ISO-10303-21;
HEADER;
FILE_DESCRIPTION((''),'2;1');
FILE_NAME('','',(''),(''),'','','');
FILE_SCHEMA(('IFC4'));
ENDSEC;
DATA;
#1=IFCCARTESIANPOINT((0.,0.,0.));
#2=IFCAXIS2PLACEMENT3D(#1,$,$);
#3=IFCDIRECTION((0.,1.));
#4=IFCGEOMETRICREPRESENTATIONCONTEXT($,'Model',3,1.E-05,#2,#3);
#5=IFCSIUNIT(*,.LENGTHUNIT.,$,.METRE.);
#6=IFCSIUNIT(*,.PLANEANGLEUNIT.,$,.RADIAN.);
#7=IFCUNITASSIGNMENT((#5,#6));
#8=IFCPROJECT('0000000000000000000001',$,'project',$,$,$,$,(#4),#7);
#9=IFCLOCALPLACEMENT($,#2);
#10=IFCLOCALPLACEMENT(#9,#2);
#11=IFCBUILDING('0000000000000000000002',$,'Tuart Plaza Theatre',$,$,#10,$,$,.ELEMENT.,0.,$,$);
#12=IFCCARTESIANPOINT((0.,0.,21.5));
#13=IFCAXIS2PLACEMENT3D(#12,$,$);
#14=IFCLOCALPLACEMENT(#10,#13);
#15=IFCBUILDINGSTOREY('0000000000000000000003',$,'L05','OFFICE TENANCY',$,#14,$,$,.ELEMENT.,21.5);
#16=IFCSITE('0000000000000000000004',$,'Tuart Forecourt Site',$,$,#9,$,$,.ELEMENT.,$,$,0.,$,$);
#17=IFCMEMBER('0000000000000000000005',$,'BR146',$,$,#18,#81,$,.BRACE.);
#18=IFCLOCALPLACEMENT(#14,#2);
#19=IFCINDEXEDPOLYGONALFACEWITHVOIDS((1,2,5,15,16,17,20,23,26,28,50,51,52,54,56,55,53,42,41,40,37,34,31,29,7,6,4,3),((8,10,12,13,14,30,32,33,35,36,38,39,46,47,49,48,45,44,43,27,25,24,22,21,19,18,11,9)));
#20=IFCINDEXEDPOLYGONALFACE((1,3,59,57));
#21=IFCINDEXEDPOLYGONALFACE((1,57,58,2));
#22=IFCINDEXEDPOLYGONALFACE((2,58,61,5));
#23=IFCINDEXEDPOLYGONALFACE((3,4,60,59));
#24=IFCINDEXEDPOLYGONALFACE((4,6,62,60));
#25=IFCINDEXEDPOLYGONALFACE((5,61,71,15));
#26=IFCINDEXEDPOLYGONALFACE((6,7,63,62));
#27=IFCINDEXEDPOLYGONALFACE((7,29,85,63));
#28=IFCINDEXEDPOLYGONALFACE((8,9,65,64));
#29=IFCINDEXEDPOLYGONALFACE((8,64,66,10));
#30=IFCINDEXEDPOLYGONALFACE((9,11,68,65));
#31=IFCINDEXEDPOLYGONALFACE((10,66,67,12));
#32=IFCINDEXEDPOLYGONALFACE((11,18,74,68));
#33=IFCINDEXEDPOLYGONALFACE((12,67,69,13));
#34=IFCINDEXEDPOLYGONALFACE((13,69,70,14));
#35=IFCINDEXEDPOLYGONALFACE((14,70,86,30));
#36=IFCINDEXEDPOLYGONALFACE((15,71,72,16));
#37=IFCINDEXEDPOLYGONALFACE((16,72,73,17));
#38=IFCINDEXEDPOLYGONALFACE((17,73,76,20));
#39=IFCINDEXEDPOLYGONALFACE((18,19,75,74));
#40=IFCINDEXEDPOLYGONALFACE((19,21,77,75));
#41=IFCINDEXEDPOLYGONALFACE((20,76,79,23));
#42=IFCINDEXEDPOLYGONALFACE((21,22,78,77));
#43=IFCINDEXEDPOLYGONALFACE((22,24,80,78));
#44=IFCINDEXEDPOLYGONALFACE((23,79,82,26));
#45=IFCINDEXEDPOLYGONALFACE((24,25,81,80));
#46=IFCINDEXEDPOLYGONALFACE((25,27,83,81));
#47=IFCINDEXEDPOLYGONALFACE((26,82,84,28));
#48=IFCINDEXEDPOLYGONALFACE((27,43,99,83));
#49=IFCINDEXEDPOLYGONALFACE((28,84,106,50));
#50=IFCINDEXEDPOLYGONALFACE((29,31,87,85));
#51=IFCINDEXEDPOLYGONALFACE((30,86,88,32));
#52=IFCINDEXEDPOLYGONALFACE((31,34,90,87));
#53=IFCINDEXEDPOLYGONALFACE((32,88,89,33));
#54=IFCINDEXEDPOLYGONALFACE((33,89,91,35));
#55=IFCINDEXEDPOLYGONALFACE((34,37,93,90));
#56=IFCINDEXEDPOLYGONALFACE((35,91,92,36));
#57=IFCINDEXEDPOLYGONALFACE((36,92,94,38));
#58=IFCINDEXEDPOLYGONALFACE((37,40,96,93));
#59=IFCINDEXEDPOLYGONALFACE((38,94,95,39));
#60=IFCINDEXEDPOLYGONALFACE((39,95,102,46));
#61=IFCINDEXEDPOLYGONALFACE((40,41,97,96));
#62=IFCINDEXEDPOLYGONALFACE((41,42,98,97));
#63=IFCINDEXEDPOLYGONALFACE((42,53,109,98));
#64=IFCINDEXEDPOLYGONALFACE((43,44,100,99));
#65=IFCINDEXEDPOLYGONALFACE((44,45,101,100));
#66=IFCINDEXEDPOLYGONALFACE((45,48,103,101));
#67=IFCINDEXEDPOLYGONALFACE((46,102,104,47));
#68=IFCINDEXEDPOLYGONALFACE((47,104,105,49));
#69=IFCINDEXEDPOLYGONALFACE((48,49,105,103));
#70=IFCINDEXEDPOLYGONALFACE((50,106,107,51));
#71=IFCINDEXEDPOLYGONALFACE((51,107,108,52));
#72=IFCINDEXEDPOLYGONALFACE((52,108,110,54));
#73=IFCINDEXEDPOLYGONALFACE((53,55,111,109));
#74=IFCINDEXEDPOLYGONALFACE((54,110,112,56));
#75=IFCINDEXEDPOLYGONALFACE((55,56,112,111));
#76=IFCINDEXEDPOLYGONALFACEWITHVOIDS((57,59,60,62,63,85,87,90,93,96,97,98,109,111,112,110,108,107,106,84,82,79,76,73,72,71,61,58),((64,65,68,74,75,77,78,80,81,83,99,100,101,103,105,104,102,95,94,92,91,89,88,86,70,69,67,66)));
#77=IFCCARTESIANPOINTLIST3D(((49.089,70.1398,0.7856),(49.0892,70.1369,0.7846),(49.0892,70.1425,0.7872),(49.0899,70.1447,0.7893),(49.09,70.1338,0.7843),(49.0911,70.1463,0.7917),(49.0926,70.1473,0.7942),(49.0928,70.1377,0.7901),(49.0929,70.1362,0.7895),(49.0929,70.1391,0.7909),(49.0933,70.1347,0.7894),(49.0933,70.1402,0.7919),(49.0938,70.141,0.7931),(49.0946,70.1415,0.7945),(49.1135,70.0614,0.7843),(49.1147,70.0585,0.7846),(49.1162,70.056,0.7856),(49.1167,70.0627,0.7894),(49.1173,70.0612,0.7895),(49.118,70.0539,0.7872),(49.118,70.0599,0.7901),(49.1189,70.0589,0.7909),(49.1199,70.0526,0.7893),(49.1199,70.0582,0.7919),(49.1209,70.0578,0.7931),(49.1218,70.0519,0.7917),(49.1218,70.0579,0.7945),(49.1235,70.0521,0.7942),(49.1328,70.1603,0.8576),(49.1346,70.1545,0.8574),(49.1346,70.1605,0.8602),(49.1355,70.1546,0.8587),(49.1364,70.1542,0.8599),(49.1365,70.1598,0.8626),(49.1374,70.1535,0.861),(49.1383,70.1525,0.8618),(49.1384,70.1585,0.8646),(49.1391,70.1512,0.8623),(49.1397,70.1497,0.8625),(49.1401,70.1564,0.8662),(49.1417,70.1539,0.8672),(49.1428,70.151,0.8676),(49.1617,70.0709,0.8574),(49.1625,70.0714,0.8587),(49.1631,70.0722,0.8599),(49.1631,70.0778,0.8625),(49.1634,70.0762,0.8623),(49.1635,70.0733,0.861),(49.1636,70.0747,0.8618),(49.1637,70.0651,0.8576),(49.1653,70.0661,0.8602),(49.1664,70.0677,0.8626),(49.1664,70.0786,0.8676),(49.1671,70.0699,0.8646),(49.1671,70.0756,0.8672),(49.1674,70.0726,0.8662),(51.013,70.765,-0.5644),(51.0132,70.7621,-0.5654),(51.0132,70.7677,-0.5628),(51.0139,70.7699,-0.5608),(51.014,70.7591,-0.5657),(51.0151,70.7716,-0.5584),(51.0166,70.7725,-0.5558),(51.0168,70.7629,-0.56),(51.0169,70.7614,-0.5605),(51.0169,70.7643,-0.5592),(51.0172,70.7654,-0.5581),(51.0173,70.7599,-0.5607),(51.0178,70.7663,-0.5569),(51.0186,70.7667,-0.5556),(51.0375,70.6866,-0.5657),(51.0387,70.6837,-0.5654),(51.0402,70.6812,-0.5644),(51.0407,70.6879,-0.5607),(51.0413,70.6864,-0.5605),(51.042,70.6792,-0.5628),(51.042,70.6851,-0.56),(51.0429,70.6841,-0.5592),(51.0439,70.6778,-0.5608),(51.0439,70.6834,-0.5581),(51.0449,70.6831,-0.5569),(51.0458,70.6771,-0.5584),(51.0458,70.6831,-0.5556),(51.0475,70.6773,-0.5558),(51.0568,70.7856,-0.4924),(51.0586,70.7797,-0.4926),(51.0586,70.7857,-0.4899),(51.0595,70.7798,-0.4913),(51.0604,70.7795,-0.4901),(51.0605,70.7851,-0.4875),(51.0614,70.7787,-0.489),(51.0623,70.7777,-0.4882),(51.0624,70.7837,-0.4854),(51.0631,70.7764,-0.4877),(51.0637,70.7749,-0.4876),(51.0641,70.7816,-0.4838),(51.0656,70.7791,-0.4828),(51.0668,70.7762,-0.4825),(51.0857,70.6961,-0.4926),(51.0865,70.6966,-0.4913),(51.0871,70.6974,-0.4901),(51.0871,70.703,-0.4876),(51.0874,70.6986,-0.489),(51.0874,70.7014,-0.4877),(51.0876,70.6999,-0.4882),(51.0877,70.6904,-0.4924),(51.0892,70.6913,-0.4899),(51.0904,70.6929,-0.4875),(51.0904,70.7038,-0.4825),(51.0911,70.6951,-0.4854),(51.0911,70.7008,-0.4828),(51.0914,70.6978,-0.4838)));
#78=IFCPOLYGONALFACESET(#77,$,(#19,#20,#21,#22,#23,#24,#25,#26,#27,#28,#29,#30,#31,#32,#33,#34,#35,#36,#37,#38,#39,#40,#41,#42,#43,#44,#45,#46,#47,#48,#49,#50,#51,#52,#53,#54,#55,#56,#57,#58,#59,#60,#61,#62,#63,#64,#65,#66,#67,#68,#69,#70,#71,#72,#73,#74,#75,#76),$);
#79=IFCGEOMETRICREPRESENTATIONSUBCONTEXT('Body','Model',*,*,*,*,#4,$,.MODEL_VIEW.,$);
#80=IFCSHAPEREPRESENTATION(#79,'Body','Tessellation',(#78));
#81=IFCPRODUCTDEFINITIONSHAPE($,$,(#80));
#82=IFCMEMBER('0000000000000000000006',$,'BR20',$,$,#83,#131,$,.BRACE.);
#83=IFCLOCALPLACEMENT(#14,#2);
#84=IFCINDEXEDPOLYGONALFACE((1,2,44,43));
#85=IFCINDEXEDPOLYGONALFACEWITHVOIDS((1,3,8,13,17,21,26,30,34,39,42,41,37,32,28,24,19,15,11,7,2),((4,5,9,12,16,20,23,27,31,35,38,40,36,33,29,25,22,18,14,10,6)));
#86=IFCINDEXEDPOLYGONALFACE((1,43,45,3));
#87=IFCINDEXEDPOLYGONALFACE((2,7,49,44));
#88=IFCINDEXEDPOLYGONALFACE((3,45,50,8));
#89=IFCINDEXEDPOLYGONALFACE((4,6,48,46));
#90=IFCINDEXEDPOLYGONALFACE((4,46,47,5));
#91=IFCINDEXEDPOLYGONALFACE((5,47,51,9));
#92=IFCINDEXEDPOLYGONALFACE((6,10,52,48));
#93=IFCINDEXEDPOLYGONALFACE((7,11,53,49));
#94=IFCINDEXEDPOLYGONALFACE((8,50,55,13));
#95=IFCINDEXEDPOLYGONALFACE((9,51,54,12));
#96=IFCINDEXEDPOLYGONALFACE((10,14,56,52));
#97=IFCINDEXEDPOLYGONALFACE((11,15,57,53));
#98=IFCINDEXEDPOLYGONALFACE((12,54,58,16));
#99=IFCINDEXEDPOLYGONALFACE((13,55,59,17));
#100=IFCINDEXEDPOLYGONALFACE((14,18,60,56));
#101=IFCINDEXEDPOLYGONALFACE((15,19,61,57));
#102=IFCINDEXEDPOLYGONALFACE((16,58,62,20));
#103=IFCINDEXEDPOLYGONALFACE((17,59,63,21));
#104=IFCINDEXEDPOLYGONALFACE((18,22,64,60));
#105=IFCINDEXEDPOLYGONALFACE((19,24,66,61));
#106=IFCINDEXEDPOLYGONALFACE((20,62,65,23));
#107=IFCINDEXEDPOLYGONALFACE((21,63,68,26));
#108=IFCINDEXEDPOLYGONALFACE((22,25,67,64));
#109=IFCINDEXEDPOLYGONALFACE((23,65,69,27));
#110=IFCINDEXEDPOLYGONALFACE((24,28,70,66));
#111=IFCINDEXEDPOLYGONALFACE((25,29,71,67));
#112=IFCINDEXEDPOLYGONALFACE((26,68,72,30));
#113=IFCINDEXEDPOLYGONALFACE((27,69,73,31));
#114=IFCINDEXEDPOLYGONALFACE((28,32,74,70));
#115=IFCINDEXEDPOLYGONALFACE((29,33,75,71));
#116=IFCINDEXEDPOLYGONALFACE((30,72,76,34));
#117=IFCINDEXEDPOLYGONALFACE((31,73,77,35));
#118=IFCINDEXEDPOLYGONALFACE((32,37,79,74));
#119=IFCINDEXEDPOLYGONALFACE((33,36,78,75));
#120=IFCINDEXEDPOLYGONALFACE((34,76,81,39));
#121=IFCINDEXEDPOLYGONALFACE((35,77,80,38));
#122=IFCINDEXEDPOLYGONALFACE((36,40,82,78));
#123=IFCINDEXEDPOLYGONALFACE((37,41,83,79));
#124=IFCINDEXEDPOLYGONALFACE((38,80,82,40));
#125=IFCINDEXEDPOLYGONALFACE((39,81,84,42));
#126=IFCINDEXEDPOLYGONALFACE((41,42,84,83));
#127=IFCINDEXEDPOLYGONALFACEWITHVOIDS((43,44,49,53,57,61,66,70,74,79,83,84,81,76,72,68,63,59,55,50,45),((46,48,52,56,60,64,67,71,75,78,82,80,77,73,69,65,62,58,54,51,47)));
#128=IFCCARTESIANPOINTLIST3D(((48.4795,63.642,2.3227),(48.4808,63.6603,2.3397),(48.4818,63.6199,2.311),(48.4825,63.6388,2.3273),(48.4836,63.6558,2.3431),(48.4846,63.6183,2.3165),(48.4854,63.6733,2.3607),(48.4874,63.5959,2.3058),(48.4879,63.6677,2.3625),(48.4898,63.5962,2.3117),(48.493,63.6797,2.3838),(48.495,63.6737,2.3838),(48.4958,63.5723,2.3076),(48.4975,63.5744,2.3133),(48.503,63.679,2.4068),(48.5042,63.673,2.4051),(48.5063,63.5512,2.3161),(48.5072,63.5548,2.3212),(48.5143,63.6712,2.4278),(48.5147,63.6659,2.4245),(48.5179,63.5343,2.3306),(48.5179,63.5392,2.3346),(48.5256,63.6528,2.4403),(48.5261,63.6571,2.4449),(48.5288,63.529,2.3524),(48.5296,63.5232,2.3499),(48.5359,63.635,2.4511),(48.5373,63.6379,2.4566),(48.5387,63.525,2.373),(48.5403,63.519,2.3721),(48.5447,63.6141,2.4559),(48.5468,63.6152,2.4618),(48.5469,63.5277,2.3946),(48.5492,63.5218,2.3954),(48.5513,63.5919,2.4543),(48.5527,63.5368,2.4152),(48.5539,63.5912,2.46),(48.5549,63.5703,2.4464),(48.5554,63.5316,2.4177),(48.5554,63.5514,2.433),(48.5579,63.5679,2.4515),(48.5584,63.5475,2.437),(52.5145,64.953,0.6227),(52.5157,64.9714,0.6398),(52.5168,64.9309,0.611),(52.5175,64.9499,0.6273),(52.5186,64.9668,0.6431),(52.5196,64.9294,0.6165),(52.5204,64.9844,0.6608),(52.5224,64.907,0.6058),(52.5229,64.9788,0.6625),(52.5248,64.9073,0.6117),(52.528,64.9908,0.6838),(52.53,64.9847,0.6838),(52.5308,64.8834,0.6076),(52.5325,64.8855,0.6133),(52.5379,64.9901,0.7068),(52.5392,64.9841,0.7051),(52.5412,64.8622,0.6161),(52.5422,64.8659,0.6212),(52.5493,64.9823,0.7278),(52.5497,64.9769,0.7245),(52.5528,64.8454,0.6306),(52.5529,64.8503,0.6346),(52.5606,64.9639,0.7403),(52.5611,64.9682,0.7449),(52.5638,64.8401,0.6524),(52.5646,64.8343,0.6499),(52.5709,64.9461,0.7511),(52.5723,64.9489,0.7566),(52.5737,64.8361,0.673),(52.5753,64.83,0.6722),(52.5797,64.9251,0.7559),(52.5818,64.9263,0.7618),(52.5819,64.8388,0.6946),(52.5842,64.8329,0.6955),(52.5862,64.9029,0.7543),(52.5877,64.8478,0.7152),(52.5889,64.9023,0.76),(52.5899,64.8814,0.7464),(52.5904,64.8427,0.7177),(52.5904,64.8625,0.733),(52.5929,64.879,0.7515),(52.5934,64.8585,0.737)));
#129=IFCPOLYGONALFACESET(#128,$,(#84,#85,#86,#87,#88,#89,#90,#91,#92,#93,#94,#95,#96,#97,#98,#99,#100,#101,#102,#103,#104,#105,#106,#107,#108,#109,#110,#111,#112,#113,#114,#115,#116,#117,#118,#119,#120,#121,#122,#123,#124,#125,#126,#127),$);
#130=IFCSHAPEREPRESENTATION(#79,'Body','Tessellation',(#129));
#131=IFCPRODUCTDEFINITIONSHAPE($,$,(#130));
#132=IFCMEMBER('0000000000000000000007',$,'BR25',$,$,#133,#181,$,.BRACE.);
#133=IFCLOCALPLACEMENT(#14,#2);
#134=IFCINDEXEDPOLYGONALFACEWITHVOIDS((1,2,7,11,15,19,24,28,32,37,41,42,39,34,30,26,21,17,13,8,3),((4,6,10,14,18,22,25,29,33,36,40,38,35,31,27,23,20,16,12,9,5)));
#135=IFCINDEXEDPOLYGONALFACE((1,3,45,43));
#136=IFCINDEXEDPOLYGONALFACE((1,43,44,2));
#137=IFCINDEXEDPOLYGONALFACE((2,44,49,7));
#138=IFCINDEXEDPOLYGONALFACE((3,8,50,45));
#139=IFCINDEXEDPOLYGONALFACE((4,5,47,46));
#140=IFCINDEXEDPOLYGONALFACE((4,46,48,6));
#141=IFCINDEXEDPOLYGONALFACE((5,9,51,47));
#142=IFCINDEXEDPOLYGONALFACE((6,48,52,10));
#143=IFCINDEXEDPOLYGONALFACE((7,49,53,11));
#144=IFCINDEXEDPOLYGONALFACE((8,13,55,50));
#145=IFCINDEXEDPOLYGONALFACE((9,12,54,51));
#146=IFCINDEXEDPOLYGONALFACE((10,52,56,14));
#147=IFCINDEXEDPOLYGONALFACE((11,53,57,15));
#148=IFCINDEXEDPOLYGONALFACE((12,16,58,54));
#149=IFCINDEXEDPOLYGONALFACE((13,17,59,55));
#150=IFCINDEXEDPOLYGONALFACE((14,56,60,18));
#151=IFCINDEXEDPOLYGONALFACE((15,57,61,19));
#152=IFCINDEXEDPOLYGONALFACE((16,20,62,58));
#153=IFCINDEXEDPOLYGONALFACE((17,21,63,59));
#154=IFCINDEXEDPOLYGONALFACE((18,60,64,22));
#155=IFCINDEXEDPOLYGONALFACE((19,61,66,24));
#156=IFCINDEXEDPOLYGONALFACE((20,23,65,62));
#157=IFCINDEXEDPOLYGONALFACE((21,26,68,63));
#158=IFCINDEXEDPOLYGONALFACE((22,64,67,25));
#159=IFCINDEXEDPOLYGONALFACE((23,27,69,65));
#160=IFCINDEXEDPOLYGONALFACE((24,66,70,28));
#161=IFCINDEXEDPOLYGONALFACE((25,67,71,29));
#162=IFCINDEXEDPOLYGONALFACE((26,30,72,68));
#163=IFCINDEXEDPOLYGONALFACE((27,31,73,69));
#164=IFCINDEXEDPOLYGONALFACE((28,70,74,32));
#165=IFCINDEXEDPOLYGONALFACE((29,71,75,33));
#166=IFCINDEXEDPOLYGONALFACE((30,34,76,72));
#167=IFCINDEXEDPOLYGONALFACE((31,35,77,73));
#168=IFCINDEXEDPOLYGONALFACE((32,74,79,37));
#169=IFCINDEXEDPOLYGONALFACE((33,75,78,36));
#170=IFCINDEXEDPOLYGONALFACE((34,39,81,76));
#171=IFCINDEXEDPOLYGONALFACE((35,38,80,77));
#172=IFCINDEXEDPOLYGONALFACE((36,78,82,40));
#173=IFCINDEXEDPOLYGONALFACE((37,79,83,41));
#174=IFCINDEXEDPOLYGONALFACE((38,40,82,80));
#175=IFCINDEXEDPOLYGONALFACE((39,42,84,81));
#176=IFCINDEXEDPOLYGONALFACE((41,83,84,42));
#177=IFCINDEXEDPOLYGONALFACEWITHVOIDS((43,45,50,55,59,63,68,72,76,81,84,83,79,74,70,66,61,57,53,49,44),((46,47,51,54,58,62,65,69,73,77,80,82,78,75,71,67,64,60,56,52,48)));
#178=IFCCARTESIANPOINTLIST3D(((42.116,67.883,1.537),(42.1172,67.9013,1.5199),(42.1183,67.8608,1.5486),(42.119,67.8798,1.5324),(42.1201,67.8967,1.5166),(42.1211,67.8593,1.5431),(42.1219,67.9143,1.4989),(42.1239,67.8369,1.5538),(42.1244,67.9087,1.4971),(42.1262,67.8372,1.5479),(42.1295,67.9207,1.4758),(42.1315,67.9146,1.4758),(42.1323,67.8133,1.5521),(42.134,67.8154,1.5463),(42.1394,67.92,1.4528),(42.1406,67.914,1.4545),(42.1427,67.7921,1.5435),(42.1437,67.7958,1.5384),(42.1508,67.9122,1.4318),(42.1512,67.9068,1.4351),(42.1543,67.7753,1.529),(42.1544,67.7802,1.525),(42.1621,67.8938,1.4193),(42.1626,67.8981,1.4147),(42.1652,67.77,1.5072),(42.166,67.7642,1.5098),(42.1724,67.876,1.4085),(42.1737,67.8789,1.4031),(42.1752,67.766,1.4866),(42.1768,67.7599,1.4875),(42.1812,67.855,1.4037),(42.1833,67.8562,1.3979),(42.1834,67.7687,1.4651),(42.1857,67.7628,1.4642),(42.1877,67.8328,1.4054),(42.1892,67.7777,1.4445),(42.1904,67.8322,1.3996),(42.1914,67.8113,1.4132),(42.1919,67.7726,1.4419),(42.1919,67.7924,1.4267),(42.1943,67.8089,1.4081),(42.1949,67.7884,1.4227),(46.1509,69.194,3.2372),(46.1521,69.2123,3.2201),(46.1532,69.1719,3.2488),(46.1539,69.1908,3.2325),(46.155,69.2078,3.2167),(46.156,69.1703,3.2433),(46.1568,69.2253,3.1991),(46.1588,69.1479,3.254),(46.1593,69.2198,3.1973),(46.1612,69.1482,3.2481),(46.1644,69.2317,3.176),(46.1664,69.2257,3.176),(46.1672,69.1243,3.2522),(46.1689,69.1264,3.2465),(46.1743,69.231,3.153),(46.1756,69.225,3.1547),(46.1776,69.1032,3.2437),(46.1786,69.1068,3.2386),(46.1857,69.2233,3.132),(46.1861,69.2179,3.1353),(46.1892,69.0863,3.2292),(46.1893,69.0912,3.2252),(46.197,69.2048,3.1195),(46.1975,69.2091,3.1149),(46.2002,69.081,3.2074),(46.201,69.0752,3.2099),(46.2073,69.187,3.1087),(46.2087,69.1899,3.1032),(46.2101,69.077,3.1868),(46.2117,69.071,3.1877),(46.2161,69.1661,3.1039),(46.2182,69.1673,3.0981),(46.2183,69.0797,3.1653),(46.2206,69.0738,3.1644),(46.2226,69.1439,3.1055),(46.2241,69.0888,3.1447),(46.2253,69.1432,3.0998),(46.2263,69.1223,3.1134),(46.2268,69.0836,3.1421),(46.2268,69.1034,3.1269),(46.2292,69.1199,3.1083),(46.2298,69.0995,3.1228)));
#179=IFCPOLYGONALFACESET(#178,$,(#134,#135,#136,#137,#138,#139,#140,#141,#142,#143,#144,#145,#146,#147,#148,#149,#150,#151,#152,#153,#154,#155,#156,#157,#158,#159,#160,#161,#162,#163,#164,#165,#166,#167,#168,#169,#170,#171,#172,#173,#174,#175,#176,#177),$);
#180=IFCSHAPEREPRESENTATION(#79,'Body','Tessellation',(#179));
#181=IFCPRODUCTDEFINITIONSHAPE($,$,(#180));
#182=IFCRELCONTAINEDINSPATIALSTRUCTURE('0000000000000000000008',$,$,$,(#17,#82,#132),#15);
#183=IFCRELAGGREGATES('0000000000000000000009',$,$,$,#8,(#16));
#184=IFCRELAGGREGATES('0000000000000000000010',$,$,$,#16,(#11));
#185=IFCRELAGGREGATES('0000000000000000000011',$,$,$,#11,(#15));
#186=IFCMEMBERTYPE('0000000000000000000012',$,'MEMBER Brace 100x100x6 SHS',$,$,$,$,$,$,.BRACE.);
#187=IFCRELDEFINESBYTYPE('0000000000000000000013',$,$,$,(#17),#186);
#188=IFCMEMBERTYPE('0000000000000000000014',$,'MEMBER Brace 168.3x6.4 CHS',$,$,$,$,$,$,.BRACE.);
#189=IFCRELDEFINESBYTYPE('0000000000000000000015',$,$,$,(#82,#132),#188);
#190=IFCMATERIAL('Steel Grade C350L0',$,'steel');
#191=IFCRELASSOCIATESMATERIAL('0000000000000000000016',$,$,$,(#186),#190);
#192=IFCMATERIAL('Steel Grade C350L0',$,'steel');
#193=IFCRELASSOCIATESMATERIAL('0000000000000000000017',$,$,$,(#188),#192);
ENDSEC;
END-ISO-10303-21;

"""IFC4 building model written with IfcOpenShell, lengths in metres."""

from ifc_helpers import new_model, si_unit, direction, frame, origin, origin_2d, place, context, subcontext, project, spatial, hollow_rectangle, hollow_circle, extrude, material, material_profile, profile_set, type_object, element, save


model = new_model("IFC4")

# Units and contexts
model_context = context("Model", 3, precision=1e-05, world=origin(), true_north=direction((0.0, 1.0)))
body_context = subcontext(model_context, "Body", "Model", "MODEL_VIEW")
ifc_project = project(units=[si_unit("LENGTHUNIT", "METRE"), si_unit("PLANEANGLEUNIT", "RADIAN")], contexts=[model_context])

# Site, building, storey
site_placement = place(None, origin())
site = spatial("IfcSite", under=ifc_project, at=site_placement, Name="Tuart Forecourt Site", CompositionType="ELEMENT", RefElevation=0.0)
building_placement = place(site_placement, origin())
building = spatial("IfcBuilding", under=site, at=building_placement, Name="Tuart Plaza Theatre", CompositionType="ELEMENT", ElevationOfRefHeight=0.0)
storey_placement = place(building_placement, frame((0.0, 0.0, 21.5)))
storey = spatial("IfcBuildingStorey", under=building, at=storey_placement, Name="L05", Description="OFFICE TENANCY", CompositionType="ELEMENT", Elevation=21.5)

# Members
ifc_material_1 = material(Name="Steel Grade C350L0", Category="steel")
ifc_material_profile_1 = material_profile(ifc_material_1, hollow_rectangle(XDim=0.1001, YDim=0.1001, WallThickness=0.0061, InnerFilletRadius=0.0061, OuterFilletRadius=0.012, at=origin_2d()), Name="100x100x6 SHS")
ifc_profile_set_1 = profile_set([ifc_material_profile_1], Name="Steel Grade C350L0")
member_type_1 = type_object("IfcMemberType", Name="MEMBER Brace 100x100x6 SHS", PredefinedType="BRACE", material=ifc_profile_set_1)
for number, where, z_axis, x_axis, name in (
    (1, (49.1282, 70.1062, 0.8259), (0.791073, 0.257066, -0.555086), (-0.309051, 0.951046, 0.0), "BR146"),
):
    element("IfcMember", number, at=place(storey_placement, frame(where, z_axis=z_axis, x_axis=x_axis)), inside=storey, type_object=member_type_1, Name=name, PredefinedType="BRACE", context=body_context, shape_type="SweptSolid", body=[
        extrude(hollow_rectangle(XDim=0.1001, YDim=0.1001, WallThickness=0.0061, InnerFilletRadius=0.0061, OuterFilletRadius=0.012, at=origin_2d()), origin(), (0.0, 0.0, 1.0), 2.4321),
    ])
ifc_material_2 = material(Name="Steel Grade C350L0", Category="steel")
ifc_material_profile_2 = material_profile(ifc_material_2, hollow_circle(Radius=0.0842, WallThickness=0.0063, at=origin_2d()), Name="168.3x6.4 CHS")
ifc_profile_set_2 = profile_set([ifc_material_profile_2], Name="Steel Grade C350L0")
member_type_2 = type_object("IfcMemberType", Name="MEMBER Brace 168.3x6.4 CHS", PredefinedType="BRACE", material=ifc_profile_set_2)
for number, where, z_axis, x_axis, name in (
    (2, (48.519, 63.5996, 2.3838), (0.882823, 0.286849, -0.371943), (-0.30902, 0.951056, 0.0), "BR20"),
    (3, (42.1555, 67.8406, 1.4758), (0.882805, 0.286844, 0.371989), (-0.30902, 0.951056, 0.0), "BR25"),
):
    element("IfcMember", number, at=place(storey_placement, frame(where, z_axis=z_axis, x_axis=x_axis)), inside=storey, type_object=member_type_2, Name=name, PredefinedType="BRACE", context=body_context, shape_type="SweptSolid", body=[
        extrude(hollow_circle(Radius=0.0842, WallThickness=0.0063, at=origin_2d()), origin(), (0.0, 0.0, 1.0), 4.5706),
    ])

save(model, "model.ifc")
